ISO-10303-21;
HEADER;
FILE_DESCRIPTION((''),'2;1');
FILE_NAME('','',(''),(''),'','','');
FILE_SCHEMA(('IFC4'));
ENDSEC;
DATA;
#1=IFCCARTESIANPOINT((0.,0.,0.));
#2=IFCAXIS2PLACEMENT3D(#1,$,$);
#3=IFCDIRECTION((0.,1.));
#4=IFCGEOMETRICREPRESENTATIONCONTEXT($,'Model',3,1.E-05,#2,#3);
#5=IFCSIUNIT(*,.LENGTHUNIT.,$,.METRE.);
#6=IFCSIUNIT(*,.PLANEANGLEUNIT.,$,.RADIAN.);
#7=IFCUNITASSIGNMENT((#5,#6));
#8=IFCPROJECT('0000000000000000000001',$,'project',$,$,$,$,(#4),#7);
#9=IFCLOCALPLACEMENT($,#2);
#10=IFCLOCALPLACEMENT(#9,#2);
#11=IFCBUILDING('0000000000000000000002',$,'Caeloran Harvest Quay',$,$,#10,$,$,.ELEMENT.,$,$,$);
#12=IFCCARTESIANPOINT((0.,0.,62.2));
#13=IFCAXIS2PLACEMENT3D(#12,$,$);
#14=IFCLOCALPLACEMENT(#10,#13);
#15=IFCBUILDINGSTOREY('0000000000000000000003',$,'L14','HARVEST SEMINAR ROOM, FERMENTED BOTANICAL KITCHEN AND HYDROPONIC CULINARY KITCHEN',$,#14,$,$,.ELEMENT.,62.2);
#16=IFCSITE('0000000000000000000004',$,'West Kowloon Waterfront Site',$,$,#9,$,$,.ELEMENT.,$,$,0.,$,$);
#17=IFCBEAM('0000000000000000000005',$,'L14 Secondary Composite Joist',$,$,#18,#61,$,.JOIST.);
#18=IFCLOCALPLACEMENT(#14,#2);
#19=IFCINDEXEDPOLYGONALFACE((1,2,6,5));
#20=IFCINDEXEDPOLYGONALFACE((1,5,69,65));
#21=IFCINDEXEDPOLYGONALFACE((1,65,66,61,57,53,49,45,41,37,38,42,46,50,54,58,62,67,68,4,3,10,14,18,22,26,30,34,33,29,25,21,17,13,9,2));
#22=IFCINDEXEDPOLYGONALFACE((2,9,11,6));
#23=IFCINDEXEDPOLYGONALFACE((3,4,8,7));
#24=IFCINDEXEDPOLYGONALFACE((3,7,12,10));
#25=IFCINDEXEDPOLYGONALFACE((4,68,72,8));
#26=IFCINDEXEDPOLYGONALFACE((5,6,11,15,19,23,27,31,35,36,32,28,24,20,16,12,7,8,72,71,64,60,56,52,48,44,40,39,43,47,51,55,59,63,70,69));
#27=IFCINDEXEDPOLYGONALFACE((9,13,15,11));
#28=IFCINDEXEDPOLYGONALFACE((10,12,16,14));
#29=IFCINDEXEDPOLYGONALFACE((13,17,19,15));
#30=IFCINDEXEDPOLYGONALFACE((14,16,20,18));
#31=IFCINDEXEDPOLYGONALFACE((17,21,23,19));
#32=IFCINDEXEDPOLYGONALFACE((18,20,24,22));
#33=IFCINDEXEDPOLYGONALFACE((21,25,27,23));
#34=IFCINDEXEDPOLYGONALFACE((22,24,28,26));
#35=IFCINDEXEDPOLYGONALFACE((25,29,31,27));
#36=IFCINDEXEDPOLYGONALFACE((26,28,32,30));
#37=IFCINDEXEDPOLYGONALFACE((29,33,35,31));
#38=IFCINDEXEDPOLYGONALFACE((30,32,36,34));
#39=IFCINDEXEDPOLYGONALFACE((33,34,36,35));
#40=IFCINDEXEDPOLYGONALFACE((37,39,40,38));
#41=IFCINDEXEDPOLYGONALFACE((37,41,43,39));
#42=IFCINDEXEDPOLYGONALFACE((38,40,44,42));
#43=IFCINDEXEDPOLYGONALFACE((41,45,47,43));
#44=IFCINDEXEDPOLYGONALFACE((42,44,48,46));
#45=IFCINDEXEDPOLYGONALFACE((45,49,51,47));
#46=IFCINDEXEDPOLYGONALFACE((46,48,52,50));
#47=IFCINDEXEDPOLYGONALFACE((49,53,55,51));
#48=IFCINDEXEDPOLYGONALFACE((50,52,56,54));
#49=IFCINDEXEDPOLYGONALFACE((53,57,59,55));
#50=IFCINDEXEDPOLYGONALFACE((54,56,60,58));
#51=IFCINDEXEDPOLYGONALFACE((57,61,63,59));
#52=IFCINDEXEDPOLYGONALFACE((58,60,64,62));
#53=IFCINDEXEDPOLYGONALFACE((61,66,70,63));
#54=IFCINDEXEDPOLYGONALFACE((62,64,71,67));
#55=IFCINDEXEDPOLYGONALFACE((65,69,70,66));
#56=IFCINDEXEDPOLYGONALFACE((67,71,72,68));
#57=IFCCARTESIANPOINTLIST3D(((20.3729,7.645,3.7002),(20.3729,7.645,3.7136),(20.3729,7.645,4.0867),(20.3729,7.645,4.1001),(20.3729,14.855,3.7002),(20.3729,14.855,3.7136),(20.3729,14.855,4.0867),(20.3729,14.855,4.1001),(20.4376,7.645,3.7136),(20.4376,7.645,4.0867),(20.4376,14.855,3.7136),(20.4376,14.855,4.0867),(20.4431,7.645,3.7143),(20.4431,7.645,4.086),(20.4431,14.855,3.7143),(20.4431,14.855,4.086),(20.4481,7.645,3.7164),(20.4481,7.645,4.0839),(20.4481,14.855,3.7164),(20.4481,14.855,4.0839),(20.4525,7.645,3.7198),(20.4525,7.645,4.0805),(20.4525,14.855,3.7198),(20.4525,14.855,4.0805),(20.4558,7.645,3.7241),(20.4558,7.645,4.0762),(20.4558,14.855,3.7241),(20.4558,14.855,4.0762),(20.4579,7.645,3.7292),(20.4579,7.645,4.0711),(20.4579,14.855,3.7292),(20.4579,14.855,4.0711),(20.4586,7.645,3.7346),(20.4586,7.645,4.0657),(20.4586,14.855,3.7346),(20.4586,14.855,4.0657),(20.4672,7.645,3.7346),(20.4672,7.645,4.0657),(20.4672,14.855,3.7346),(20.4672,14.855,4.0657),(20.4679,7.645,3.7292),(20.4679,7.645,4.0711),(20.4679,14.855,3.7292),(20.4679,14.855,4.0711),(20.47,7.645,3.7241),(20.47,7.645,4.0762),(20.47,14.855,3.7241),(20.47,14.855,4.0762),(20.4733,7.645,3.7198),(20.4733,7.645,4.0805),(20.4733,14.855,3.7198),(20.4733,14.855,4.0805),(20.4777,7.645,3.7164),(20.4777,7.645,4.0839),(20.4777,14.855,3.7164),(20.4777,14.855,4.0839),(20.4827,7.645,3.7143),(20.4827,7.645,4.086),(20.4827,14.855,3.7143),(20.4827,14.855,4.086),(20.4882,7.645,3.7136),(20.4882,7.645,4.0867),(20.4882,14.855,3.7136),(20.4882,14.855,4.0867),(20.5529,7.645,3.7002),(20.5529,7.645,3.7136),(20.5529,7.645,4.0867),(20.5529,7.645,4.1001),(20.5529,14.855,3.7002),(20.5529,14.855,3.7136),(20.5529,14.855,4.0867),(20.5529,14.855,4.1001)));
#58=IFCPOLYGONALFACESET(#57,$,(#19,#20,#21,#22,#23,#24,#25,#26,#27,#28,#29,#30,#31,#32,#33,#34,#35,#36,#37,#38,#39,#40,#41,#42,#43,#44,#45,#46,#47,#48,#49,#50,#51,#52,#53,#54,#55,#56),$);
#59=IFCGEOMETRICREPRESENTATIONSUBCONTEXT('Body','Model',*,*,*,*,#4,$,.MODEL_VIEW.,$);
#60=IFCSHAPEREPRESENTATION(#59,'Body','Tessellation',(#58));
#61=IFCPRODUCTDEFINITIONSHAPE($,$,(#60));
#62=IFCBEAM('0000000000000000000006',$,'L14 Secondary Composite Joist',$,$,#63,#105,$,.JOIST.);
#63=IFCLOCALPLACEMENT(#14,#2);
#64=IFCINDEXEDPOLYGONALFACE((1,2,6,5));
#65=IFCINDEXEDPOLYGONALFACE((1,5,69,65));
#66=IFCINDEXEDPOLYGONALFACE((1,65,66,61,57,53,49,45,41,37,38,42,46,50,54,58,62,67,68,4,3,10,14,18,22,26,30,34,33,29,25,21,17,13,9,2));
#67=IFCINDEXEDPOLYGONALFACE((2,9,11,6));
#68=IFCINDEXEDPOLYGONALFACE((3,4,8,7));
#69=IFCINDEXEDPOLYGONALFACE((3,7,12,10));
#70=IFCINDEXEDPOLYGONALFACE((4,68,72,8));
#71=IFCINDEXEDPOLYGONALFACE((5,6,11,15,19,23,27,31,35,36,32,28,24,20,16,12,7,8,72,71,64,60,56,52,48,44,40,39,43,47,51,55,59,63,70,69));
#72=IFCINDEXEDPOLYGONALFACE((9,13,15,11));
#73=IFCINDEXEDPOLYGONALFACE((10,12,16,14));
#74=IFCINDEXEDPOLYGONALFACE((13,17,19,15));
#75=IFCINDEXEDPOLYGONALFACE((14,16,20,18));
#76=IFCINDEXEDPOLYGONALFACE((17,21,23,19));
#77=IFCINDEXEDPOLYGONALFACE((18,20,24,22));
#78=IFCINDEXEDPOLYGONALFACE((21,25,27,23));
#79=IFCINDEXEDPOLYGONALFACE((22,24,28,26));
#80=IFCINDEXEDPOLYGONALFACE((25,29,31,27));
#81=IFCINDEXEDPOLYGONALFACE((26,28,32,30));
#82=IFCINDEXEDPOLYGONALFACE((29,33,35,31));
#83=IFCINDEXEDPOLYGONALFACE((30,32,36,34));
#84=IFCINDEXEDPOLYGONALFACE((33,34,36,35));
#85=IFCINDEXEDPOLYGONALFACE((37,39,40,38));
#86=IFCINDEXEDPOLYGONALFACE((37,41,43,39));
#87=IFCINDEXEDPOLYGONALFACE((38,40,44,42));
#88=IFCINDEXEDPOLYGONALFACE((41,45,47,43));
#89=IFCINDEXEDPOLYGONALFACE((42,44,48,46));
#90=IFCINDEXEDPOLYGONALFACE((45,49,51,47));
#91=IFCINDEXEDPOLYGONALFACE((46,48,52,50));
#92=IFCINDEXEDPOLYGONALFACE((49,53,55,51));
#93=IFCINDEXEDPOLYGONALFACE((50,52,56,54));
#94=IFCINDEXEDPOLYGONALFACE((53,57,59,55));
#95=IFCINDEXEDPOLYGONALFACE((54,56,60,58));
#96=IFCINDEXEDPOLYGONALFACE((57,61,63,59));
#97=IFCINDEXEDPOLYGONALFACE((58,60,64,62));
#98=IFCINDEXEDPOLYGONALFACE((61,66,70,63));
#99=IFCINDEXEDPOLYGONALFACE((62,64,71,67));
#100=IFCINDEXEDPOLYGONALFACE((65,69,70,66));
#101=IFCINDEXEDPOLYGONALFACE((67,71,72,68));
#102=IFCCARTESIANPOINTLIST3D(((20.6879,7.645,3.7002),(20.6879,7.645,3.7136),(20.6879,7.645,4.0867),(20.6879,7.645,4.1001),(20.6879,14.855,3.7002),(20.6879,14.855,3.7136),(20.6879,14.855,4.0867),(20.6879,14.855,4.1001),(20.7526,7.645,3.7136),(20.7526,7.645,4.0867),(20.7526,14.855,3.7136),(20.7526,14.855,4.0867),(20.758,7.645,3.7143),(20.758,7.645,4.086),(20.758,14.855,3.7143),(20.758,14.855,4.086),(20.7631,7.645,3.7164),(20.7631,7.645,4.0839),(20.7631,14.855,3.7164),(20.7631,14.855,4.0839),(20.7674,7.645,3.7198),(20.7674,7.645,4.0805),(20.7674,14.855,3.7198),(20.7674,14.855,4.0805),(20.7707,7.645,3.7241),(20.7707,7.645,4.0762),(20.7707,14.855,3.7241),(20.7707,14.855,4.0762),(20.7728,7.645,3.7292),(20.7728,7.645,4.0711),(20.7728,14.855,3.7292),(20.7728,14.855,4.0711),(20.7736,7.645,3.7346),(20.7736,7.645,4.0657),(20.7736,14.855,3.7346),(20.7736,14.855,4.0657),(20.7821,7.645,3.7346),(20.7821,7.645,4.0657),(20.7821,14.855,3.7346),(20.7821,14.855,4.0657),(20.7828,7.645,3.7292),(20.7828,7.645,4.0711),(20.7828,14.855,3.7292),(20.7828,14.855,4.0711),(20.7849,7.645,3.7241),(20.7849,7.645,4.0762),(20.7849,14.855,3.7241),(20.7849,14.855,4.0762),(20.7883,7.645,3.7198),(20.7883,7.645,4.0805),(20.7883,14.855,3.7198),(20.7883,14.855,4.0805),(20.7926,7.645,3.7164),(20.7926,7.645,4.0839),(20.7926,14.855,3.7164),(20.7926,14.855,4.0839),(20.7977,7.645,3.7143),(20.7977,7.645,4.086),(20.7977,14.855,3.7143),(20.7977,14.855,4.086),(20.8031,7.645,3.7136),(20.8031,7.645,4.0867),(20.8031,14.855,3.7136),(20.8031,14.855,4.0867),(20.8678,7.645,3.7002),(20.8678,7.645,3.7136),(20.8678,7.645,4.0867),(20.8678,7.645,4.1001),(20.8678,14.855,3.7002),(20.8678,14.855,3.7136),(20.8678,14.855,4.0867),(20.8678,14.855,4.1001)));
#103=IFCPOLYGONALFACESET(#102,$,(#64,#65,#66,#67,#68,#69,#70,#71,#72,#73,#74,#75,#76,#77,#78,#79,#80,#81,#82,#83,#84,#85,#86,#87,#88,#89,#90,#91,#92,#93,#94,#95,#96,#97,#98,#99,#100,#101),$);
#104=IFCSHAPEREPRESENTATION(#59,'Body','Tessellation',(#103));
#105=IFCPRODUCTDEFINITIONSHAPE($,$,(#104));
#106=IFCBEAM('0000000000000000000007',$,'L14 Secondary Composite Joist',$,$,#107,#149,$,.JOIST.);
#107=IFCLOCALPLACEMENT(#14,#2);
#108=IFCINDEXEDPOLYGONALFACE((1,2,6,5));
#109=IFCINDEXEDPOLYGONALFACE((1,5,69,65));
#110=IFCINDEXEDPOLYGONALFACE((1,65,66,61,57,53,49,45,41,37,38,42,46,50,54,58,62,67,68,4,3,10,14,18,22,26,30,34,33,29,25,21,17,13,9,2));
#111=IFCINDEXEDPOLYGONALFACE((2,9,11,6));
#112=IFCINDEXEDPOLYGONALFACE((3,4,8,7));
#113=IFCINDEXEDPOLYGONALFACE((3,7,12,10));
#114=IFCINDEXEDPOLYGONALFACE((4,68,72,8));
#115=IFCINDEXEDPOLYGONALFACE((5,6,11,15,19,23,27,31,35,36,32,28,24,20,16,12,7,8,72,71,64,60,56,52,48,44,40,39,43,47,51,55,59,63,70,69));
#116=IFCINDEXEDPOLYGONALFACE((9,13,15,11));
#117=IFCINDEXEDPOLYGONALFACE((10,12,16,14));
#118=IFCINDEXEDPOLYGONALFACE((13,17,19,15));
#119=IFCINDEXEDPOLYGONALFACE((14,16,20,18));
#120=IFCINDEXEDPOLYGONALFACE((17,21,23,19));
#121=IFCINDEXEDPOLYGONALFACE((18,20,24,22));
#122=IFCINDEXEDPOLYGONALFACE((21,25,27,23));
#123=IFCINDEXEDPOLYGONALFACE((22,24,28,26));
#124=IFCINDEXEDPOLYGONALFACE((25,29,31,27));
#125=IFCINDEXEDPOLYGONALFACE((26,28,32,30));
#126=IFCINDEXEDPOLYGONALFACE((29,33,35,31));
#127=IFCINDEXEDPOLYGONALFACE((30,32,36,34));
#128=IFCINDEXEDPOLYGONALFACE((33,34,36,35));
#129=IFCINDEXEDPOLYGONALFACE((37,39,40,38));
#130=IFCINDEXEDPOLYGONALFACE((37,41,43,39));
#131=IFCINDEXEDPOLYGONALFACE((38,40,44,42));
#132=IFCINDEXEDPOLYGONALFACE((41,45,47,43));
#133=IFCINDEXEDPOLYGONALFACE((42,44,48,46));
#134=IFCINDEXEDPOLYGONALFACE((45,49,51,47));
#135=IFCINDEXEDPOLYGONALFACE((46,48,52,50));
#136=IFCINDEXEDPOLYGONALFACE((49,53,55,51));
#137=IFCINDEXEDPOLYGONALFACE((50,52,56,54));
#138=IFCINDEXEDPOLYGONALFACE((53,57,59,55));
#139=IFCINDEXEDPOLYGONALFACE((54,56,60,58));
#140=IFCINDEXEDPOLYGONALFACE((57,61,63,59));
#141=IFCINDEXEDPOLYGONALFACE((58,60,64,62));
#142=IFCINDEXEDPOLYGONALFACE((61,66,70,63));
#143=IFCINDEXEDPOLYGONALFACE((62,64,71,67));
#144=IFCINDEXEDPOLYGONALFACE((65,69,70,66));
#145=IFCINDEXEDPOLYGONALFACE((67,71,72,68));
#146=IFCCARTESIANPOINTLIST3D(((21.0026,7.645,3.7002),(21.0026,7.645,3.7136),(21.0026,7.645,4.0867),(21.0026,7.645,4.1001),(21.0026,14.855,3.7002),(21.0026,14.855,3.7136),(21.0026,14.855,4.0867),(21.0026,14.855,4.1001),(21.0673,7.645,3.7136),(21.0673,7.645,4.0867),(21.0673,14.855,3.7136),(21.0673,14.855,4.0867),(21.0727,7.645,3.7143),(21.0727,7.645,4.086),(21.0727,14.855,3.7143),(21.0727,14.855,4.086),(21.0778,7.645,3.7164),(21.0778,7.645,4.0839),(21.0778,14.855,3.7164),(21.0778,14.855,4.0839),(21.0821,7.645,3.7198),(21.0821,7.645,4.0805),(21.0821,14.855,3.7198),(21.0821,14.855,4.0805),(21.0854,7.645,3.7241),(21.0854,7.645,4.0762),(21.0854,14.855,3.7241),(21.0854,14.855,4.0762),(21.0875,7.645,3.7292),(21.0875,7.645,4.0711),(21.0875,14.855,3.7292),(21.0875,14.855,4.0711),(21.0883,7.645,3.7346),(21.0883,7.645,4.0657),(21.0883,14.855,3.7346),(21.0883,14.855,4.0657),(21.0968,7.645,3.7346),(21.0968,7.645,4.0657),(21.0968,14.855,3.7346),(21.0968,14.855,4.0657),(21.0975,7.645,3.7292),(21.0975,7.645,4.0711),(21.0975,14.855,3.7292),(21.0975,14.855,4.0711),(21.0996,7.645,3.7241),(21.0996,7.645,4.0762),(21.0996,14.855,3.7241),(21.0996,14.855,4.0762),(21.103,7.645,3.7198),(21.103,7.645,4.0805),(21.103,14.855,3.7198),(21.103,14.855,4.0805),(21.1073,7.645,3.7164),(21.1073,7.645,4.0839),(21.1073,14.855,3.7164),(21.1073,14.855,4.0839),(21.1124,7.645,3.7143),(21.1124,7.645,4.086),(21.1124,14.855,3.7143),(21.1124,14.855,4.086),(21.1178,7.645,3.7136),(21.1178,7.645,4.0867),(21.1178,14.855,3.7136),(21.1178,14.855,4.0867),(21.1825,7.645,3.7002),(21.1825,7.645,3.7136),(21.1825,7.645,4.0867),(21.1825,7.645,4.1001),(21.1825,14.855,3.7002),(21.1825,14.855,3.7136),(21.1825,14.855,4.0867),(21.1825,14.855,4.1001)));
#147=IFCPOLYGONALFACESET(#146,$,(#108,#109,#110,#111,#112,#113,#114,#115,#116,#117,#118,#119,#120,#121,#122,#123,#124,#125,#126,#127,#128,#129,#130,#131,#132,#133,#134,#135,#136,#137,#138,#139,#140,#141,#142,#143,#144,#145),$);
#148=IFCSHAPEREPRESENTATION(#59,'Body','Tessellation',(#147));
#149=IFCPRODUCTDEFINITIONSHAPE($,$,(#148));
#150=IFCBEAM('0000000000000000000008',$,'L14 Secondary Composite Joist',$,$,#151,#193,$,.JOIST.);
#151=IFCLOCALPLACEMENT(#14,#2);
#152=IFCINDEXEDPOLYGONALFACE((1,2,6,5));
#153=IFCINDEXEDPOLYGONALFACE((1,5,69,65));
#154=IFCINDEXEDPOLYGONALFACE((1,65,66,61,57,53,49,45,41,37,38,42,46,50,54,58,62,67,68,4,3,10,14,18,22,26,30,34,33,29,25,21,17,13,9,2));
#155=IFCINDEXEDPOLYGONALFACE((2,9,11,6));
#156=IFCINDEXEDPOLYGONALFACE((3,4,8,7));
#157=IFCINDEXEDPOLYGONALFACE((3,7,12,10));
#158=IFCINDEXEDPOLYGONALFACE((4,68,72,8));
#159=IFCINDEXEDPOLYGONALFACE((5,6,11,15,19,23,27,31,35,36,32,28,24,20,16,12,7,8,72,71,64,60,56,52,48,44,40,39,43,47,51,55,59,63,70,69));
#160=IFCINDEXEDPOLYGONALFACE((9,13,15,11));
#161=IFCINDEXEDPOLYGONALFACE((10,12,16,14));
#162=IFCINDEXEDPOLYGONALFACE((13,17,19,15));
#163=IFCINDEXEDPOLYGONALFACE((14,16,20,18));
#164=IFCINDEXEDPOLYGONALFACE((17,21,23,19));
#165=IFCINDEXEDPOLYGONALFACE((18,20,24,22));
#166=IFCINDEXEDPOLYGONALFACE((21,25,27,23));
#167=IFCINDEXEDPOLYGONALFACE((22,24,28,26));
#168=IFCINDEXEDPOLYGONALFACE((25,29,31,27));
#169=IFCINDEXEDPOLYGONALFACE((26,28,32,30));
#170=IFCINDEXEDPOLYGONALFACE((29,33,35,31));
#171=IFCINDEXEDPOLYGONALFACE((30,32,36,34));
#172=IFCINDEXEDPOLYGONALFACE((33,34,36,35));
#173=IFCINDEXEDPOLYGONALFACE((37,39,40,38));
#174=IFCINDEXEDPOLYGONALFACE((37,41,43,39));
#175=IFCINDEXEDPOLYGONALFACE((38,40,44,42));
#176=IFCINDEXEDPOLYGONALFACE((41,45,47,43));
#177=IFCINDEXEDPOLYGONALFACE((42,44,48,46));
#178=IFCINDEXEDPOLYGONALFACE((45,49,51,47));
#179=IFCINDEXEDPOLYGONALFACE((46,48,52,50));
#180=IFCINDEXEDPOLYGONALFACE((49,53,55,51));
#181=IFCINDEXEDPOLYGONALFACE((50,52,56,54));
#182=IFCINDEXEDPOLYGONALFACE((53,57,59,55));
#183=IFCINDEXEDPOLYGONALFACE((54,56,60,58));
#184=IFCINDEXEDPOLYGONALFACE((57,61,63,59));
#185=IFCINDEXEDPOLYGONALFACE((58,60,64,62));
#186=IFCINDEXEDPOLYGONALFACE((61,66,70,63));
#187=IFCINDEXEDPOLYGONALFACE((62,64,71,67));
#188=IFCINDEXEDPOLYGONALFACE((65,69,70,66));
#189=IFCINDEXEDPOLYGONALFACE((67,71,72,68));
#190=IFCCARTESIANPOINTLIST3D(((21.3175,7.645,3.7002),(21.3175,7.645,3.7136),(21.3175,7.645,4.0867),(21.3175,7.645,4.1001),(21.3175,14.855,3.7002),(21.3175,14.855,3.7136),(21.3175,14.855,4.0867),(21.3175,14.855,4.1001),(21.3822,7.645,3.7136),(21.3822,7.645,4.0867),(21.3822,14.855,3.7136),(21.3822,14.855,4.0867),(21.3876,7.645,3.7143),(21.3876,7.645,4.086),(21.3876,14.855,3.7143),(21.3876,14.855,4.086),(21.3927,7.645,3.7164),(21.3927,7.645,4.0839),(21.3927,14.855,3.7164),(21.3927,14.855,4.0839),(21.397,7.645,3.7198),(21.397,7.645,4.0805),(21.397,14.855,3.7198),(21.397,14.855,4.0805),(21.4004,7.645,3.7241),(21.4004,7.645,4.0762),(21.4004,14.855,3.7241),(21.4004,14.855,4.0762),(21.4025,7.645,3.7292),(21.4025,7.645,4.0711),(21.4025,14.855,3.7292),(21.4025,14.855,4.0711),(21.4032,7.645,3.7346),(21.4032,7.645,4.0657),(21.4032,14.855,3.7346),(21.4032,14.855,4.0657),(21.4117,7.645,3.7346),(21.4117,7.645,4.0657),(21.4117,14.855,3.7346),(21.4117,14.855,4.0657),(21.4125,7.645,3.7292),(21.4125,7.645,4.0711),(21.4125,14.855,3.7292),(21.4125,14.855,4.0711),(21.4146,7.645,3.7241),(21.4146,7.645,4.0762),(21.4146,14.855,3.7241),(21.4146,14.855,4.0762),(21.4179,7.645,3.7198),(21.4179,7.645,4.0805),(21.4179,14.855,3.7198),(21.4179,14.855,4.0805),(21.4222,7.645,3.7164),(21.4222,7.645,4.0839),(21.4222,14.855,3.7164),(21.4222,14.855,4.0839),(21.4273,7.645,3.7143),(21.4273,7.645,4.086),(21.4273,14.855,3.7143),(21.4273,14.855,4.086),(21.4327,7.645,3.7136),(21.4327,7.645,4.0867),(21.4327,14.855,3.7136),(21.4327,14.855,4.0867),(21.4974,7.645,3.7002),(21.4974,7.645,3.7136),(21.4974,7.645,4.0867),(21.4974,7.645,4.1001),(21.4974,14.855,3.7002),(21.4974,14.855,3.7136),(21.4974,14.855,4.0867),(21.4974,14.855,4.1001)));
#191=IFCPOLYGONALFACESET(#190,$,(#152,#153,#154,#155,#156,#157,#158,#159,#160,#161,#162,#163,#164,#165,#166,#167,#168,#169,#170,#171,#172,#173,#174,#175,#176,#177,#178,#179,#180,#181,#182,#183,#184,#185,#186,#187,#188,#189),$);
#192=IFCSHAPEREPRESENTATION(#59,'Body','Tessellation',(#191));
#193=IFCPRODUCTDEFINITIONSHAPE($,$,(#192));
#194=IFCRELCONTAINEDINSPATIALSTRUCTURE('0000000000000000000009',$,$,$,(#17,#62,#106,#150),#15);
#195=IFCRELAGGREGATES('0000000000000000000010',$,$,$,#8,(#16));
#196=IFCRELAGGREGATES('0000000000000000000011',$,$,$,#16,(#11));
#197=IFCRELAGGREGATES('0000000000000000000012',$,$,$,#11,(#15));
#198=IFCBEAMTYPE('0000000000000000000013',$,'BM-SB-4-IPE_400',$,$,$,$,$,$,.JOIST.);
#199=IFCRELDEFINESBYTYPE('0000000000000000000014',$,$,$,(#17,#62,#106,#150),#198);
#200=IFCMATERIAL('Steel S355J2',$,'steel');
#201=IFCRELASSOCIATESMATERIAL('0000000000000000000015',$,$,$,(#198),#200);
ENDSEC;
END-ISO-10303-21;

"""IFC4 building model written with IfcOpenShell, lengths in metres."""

from ifc_helpers import new_model, si_unit, direction, frame, origin, origin_2d, place, context, subcontext, project, spatial, i_section, extrude, material, material_profile, profile_set, type_object, element, save


model = new_model("IFC4")

# Units and contexts
model_context = context("Model", 3, precision=1e-05, world=origin(), true_north=direction((0.0, 1.0)))
body_context = subcontext(model_context, "Body", "Model", "MODEL_VIEW")
ifc_project = project(units=[si_unit("LENGTHUNIT", "METRE"), si_unit("PLANEANGLEUNIT", "RADIAN")], contexts=[model_context])

# Site, building, storey
site_placement = place(None, origin())
site = spatial("IfcSite", under=ifc_project, at=site_placement, Name="West Kowloon Waterfront Site", CompositionType="ELEMENT", RefElevation=0.0)
building_placement = place(site_placement, origin())
building = spatial("IfcBuilding", under=site, at=building_placement, Name="Caeloran Harvest Quay", CompositionType="ELEMENT")
storey_placement = place(building_placement, frame((0.0, 0.0, 62.2)))
storey = spatial("IfcBuildingStorey", under=building, at=storey_placement, Name="L14", Description="HARVEST SEMINAR ROOM, FERMENTED BOTANICAL KITCHEN AND HYDROPONIC CULINARY KITCHEN", CompositionType="ELEMENT", Elevation=62.2)

# Beams
ifc_material = material(Name="Steel S355J2", Category="steel")
ifc_material_profile_1 = material_profile(ifc_material, i_section(OverallWidth=0.1799, OverallDepth=0.3999, WebThickness=0.0085, FlangeThickness=0.0134, FilletRadius=0.021, at=origin_2d()), Name="IPE 400")
ifc_profile_set_1 = profile_set([ifc_material_profile_1], Name="Steel S355J2")
beam_type_1 = type_object("IfcBeamType", Name="BM-SB-4-IPE_400", PredefinedType="JOIST", material=ifc_profile_set_1)
for number, where, z_axis, x_axis, name in (
    (1, (20.4629, 7.645, 3.9001), (0.0, 1.0, 0.0), (-1.0, 0.0, 0.0), "L14 Secondary Composite Joist"),
    (2, (20.7778, 7.645, 3.9001), (0.0, 1.0, 0.0), (-1.0, 0.0, 0.0), "L14 Secondary Composite Joist"),
    (3, (21.0925, 7.645, 3.9001), (0.0, 1.0, 0.0), (-1.0, 0.0, 0.0), "L14 Secondary Composite Joist"),
    (4, (21.4075, 7.645, 3.9001), (0.0, 1.0, 0.0), (-1.0, 0.0, 0.0), "L14 Secondary Composite Joist"),
):
    element("IfcBeam", number, at=place(storey_placement, frame(where, z_axis=z_axis, x_axis=x_axis)), inside=storey, type_object=beam_type_1, Name=name, PredefinedType="JOIST", context=body_context, shape_type="SweptSolid", body=[
        extrude(i_section(OverallWidth=0.1799, OverallDepth=0.3999, WebThickness=0.0085, FlangeThickness=0.0134, FilletRadius=0.021, at=origin_2d()), origin(), (0.0, 0.0, 1.0), 7.21),
    ])

save(model, "model.ifc")
